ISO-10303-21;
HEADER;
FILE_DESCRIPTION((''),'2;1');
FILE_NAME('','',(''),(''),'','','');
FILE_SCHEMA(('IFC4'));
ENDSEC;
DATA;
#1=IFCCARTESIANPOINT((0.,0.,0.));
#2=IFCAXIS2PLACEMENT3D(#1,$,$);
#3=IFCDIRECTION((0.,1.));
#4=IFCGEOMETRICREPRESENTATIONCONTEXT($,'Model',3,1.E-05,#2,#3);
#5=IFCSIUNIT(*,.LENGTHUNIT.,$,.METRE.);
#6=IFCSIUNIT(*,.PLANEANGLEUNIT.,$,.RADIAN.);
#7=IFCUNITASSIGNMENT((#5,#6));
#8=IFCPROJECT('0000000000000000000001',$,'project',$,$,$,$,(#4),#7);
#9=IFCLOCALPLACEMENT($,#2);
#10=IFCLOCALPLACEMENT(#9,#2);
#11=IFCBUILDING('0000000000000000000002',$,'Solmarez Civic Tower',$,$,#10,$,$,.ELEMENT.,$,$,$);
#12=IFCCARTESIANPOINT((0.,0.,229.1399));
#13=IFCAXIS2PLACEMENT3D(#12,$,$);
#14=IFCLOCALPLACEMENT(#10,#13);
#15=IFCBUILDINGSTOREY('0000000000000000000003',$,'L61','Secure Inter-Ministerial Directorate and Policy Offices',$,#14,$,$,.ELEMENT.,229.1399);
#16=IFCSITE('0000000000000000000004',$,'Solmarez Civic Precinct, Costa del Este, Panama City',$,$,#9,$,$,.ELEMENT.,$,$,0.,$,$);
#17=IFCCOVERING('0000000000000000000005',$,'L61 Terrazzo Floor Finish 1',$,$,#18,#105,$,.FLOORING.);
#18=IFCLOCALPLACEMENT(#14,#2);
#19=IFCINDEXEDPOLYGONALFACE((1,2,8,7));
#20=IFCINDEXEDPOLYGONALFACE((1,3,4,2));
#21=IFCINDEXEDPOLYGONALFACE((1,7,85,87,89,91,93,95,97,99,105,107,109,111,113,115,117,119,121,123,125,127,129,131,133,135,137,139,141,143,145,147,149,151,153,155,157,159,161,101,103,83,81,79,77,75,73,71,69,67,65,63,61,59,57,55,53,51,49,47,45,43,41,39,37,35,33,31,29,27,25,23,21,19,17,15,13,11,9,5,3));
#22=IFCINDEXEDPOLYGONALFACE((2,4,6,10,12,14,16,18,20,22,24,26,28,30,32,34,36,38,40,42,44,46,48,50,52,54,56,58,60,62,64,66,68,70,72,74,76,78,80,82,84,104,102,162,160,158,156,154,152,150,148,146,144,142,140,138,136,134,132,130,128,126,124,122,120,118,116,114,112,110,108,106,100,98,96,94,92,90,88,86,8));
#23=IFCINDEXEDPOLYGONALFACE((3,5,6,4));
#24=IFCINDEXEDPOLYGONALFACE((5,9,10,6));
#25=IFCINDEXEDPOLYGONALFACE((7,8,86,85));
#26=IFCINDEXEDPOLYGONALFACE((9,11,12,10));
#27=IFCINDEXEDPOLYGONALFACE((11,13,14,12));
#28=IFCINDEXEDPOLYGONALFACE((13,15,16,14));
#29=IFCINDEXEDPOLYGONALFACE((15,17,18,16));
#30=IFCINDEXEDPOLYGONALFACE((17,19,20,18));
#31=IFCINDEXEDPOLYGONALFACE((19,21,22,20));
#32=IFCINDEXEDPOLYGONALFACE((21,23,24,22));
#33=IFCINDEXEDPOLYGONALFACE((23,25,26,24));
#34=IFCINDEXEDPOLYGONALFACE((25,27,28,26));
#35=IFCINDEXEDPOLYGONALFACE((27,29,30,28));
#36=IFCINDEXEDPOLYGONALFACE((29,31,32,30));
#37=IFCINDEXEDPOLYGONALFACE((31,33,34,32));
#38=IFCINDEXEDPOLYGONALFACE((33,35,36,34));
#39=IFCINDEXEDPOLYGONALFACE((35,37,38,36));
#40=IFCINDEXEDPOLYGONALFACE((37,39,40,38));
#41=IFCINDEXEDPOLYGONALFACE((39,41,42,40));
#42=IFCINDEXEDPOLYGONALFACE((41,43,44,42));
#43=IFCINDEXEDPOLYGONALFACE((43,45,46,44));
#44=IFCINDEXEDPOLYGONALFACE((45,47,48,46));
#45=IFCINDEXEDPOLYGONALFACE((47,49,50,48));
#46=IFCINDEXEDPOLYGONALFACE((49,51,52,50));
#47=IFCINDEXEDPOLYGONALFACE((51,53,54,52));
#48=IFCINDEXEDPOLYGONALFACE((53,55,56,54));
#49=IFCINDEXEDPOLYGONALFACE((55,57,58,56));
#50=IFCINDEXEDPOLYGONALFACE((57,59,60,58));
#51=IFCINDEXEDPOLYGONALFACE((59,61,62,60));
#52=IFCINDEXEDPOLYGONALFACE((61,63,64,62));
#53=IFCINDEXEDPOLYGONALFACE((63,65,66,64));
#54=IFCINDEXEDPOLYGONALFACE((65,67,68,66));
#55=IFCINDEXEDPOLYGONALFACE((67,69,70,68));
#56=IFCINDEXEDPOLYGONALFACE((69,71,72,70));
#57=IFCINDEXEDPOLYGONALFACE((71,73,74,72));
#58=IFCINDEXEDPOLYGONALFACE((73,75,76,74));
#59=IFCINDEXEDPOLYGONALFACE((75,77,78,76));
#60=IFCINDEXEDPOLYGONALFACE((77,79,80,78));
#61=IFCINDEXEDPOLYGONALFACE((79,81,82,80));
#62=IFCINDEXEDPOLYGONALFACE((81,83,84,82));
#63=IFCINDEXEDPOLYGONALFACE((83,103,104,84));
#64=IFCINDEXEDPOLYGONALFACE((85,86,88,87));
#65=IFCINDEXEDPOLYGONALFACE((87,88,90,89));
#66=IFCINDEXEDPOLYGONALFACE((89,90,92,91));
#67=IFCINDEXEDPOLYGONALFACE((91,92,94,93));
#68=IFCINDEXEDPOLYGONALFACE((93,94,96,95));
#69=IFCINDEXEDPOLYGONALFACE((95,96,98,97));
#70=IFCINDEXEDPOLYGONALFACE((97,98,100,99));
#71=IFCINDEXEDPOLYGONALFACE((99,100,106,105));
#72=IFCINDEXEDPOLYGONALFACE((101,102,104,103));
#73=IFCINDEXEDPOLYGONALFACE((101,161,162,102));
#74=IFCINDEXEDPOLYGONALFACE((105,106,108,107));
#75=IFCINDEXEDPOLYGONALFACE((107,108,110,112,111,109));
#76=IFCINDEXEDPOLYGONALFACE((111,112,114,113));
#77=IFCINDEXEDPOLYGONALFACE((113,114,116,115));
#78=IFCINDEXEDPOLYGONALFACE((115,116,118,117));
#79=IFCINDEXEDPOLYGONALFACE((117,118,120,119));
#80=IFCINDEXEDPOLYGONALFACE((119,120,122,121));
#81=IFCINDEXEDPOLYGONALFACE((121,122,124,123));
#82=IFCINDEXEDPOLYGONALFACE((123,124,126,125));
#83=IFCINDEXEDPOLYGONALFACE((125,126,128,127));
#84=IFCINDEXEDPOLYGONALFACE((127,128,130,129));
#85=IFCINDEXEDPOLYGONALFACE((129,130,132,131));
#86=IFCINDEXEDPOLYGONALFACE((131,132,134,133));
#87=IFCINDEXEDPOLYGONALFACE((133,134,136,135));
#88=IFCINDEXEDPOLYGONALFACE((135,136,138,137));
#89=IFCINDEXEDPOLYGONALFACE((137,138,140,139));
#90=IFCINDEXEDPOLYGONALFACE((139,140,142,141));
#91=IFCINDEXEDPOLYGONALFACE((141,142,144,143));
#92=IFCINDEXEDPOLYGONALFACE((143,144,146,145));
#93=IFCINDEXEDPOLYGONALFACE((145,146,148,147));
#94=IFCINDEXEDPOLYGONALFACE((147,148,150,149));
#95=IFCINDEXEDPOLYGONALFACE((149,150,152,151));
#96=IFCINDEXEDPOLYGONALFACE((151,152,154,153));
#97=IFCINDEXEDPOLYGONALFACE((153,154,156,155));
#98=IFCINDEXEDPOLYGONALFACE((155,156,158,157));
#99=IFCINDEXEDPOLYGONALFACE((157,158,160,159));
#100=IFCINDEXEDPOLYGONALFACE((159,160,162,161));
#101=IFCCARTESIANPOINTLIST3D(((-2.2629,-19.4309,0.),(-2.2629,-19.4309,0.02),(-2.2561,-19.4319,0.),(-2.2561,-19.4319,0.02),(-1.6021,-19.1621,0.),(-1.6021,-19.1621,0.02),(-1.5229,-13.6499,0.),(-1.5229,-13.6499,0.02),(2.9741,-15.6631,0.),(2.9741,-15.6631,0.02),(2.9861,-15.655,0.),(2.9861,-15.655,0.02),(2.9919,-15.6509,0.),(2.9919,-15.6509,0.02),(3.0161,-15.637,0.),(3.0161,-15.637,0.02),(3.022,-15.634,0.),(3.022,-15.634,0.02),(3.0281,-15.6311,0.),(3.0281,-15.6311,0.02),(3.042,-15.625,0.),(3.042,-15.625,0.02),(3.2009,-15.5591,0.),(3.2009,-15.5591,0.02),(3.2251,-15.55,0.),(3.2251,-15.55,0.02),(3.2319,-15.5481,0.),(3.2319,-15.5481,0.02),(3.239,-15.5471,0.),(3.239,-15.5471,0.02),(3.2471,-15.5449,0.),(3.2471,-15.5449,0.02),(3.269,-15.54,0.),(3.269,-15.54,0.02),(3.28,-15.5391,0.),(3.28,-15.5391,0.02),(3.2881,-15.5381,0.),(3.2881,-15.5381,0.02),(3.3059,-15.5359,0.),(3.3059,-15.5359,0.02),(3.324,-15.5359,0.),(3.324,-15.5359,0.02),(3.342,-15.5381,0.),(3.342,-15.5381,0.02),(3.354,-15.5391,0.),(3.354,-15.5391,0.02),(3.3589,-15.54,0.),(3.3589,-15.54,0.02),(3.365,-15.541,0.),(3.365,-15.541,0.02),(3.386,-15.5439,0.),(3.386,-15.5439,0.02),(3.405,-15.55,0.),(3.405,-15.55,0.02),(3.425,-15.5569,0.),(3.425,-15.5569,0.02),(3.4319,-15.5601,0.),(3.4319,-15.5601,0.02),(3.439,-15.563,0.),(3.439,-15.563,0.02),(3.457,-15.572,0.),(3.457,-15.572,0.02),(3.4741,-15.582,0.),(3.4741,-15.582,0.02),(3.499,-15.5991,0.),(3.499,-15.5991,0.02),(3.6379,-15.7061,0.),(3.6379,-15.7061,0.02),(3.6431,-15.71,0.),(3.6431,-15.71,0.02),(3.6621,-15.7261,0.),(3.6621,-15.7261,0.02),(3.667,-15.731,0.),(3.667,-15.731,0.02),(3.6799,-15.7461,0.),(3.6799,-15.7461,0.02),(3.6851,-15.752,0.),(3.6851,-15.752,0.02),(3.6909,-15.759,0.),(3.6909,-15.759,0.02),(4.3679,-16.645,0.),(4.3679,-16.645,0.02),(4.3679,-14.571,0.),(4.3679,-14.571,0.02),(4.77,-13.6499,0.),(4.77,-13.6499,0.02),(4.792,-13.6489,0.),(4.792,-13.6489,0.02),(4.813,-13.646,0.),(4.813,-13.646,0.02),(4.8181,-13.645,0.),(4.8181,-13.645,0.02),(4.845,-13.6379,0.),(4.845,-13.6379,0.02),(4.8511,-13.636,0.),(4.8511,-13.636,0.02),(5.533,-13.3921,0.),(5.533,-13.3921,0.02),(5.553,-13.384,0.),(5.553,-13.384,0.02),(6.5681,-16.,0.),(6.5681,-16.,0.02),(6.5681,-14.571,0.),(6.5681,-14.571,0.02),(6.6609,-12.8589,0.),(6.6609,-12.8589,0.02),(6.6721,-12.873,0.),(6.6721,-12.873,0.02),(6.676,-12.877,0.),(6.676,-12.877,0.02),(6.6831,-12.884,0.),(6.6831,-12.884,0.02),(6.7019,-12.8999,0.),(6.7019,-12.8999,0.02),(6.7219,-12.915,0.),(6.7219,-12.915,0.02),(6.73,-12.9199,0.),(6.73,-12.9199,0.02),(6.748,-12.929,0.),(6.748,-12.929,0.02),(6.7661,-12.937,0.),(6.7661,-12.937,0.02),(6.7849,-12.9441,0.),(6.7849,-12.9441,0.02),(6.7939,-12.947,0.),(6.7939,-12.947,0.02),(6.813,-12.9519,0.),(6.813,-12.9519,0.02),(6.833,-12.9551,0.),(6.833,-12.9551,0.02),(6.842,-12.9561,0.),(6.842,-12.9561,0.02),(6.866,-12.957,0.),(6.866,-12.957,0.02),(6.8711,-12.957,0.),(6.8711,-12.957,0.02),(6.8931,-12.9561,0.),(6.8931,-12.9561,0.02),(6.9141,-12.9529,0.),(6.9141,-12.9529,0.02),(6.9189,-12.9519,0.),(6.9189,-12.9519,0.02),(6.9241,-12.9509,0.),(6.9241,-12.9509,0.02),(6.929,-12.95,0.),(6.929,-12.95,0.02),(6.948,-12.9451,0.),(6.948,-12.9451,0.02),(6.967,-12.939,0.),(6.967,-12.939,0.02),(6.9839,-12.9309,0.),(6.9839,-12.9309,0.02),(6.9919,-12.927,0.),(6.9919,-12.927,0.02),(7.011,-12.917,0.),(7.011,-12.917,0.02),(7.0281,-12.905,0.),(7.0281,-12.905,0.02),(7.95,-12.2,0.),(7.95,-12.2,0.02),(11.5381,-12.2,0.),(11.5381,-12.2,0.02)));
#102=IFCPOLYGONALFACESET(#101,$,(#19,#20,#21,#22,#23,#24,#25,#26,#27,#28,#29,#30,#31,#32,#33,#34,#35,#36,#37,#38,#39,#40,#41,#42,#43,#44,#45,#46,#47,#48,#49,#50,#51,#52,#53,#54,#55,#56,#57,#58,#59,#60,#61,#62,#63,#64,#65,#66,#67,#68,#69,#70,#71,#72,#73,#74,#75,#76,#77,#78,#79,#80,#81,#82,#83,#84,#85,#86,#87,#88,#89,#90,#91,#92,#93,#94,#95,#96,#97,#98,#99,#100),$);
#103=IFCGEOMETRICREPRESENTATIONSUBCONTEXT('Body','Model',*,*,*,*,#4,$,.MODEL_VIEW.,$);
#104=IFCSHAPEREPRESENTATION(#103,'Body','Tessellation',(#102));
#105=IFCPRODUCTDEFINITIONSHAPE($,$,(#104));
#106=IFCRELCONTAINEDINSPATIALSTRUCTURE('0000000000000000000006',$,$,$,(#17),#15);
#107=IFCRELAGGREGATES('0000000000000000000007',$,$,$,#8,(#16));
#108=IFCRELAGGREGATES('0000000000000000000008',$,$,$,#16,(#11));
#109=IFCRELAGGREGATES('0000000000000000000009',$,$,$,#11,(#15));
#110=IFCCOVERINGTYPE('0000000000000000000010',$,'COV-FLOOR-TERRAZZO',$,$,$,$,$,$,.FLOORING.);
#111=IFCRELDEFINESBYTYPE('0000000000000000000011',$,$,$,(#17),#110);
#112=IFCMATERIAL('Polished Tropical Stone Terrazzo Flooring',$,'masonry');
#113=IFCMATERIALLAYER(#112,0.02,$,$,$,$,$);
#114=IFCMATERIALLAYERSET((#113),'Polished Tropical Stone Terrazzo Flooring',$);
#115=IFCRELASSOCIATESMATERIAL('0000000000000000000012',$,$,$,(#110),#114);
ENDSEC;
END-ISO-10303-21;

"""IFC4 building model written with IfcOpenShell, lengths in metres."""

from ifc_helpers import new_model, si_unit, direction, frame, origin, place, context, subcontext, project, spatial, polyline, outline, extrude, material, layer, layer_set, type_object, element, save


model = new_model("IFC4")

# Units and contexts
model_context = context("Model", 3, precision=1e-05, world=origin(), true_north=direction((0.0, 1.0)))
body_context = subcontext(model_context, "Body", "Model", "MODEL_VIEW")
ifc_project = project(units=[si_unit("LENGTHUNIT", "METRE"), si_unit("PLANEANGLEUNIT", "RADIAN")], contexts=[model_context])

# Site, building, storey
site_placement = place(None, origin())
site = spatial("IfcSite", under=ifc_project, at=site_placement, Name="Solmarez Civic Precinct, Costa del Este, Panama City", CompositionType="ELEMENT", RefElevation=0.0)
building_placement = place(site_placement, origin())
building = spatial("IfcBuilding", under=site, at=building_placement, Name="Solmarez Civic Tower", CompositionType="ELEMENT")
storey_placement = place(building_placement, frame((0.0, 0.0, 229.1399)))
storey = spatial("IfcBuildingStorey", under=building, at=storey_placement, Name="L61", Description="Secure Inter-Ministerial Directorate and Policy Offices", CompositionType="ELEMENT", Elevation=229.1399)

# Covering
ifc_material_1 = material(Name="Polished Tropical Stone Terrazzo Flooring", Category="masonry")
ifc_layer_1 = layer(ifc_material_1, 0.02)
ifc_layer_set_1 = layer_set([ifc_layer_1], Name="Polished Tropical Stone Terrazzo Flooring")
covering_type_1 = type_object("IfcCoveringType", Name="COV-FLOOR-TERRAZZO", PredefinedType="FLOORING", material=ifc_layer_set_1)
covering_1_placement = place(storey_placement, origin())
element("IfcCovering", 1, at=covering_1_placement, inside=storey, type_object=covering_type_1, Name="L61 Terrazzo Floor Finish 1", PredefinedType="FLOORING", context=body_context, shape_type="SweptSolid", body=[
    extrude(outline(polyline([(3.4741, -15.582), (3.499, -15.5991), (3.6379, -15.7061), (3.6431, -15.71), (3.6621, -15.7261), (3.667, -15.731), (3.6799, -15.7461), (3.6851, -15.752), (3.6909, -15.759), (4.3679, -16.645), (4.3679, -14.571), (6.5681, -14.571), (6.5681, -16.0), (11.5381, -12.2), (7.95, -12.2), (7.0281, -12.905), (7.011, -12.917), (6.9919, -12.927), (6.9839, -12.9309), (6.967, -12.939), (6.948, -12.9451), (6.929, -12.95), (6.9241, -12.9509), (6.9189, -12.9519), (6.9141, -12.9529), (6.8931, -12.9561), (6.8711, -12.957), (6.866, -12.957), (6.842, -12.9561), (6.833, -12.9551), (6.813, -12.9519), (6.7939, -12.947), (6.7849, -12.9441), (6.7661, -12.937), (6.748, -12.929), (6.73, -12.9199), (6.7219, -12.915), (6.7019, -12.8999), (6.6831, -12.884), (6.676, -12.877), (6.6721, -12.873), (6.6609, -12.8589), (5.553, -13.384), (5.533, -13.3921), (4.8511, -13.636), (4.845, -13.6379), (4.8181, -13.645), (4.813, -13.646), (4.792, -13.6489), (4.77, -13.6499), (-1.5229, -13.6499), (-2.2629, -19.4309), (-2.2561, -19.4319), (-1.6021, -19.1621), (2.9741, -15.6631), (2.9861, -15.655), (2.9919, -15.6509), (3.0161, -15.637), (3.022, -15.634), (3.0281, -15.6311), (3.042, -15.625), (3.2009, -15.5591), (3.2251, -15.55), (3.2319, -15.5481), (3.239, -15.5471), (3.2471, -15.5449), (3.269, -15.54), (3.28, -15.5391), (3.2881, -15.5381), (3.3059, -15.5359), (3.324, -15.5359), (3.342, -15.5381), (3.354, -15.5391), (3.3589, -15.54), (3.365, -15.541), (3.386, -15.5439), (3.405, -15.55), (3.425, -15.5569), (3.4319, -15.5601), (3.439, -15.563), (3.457, -15.572), (3.4741, -15.582)])), origin(), (0.0, 0.0, 1.0), 0.02),
])

save(model, "model.ifc")
